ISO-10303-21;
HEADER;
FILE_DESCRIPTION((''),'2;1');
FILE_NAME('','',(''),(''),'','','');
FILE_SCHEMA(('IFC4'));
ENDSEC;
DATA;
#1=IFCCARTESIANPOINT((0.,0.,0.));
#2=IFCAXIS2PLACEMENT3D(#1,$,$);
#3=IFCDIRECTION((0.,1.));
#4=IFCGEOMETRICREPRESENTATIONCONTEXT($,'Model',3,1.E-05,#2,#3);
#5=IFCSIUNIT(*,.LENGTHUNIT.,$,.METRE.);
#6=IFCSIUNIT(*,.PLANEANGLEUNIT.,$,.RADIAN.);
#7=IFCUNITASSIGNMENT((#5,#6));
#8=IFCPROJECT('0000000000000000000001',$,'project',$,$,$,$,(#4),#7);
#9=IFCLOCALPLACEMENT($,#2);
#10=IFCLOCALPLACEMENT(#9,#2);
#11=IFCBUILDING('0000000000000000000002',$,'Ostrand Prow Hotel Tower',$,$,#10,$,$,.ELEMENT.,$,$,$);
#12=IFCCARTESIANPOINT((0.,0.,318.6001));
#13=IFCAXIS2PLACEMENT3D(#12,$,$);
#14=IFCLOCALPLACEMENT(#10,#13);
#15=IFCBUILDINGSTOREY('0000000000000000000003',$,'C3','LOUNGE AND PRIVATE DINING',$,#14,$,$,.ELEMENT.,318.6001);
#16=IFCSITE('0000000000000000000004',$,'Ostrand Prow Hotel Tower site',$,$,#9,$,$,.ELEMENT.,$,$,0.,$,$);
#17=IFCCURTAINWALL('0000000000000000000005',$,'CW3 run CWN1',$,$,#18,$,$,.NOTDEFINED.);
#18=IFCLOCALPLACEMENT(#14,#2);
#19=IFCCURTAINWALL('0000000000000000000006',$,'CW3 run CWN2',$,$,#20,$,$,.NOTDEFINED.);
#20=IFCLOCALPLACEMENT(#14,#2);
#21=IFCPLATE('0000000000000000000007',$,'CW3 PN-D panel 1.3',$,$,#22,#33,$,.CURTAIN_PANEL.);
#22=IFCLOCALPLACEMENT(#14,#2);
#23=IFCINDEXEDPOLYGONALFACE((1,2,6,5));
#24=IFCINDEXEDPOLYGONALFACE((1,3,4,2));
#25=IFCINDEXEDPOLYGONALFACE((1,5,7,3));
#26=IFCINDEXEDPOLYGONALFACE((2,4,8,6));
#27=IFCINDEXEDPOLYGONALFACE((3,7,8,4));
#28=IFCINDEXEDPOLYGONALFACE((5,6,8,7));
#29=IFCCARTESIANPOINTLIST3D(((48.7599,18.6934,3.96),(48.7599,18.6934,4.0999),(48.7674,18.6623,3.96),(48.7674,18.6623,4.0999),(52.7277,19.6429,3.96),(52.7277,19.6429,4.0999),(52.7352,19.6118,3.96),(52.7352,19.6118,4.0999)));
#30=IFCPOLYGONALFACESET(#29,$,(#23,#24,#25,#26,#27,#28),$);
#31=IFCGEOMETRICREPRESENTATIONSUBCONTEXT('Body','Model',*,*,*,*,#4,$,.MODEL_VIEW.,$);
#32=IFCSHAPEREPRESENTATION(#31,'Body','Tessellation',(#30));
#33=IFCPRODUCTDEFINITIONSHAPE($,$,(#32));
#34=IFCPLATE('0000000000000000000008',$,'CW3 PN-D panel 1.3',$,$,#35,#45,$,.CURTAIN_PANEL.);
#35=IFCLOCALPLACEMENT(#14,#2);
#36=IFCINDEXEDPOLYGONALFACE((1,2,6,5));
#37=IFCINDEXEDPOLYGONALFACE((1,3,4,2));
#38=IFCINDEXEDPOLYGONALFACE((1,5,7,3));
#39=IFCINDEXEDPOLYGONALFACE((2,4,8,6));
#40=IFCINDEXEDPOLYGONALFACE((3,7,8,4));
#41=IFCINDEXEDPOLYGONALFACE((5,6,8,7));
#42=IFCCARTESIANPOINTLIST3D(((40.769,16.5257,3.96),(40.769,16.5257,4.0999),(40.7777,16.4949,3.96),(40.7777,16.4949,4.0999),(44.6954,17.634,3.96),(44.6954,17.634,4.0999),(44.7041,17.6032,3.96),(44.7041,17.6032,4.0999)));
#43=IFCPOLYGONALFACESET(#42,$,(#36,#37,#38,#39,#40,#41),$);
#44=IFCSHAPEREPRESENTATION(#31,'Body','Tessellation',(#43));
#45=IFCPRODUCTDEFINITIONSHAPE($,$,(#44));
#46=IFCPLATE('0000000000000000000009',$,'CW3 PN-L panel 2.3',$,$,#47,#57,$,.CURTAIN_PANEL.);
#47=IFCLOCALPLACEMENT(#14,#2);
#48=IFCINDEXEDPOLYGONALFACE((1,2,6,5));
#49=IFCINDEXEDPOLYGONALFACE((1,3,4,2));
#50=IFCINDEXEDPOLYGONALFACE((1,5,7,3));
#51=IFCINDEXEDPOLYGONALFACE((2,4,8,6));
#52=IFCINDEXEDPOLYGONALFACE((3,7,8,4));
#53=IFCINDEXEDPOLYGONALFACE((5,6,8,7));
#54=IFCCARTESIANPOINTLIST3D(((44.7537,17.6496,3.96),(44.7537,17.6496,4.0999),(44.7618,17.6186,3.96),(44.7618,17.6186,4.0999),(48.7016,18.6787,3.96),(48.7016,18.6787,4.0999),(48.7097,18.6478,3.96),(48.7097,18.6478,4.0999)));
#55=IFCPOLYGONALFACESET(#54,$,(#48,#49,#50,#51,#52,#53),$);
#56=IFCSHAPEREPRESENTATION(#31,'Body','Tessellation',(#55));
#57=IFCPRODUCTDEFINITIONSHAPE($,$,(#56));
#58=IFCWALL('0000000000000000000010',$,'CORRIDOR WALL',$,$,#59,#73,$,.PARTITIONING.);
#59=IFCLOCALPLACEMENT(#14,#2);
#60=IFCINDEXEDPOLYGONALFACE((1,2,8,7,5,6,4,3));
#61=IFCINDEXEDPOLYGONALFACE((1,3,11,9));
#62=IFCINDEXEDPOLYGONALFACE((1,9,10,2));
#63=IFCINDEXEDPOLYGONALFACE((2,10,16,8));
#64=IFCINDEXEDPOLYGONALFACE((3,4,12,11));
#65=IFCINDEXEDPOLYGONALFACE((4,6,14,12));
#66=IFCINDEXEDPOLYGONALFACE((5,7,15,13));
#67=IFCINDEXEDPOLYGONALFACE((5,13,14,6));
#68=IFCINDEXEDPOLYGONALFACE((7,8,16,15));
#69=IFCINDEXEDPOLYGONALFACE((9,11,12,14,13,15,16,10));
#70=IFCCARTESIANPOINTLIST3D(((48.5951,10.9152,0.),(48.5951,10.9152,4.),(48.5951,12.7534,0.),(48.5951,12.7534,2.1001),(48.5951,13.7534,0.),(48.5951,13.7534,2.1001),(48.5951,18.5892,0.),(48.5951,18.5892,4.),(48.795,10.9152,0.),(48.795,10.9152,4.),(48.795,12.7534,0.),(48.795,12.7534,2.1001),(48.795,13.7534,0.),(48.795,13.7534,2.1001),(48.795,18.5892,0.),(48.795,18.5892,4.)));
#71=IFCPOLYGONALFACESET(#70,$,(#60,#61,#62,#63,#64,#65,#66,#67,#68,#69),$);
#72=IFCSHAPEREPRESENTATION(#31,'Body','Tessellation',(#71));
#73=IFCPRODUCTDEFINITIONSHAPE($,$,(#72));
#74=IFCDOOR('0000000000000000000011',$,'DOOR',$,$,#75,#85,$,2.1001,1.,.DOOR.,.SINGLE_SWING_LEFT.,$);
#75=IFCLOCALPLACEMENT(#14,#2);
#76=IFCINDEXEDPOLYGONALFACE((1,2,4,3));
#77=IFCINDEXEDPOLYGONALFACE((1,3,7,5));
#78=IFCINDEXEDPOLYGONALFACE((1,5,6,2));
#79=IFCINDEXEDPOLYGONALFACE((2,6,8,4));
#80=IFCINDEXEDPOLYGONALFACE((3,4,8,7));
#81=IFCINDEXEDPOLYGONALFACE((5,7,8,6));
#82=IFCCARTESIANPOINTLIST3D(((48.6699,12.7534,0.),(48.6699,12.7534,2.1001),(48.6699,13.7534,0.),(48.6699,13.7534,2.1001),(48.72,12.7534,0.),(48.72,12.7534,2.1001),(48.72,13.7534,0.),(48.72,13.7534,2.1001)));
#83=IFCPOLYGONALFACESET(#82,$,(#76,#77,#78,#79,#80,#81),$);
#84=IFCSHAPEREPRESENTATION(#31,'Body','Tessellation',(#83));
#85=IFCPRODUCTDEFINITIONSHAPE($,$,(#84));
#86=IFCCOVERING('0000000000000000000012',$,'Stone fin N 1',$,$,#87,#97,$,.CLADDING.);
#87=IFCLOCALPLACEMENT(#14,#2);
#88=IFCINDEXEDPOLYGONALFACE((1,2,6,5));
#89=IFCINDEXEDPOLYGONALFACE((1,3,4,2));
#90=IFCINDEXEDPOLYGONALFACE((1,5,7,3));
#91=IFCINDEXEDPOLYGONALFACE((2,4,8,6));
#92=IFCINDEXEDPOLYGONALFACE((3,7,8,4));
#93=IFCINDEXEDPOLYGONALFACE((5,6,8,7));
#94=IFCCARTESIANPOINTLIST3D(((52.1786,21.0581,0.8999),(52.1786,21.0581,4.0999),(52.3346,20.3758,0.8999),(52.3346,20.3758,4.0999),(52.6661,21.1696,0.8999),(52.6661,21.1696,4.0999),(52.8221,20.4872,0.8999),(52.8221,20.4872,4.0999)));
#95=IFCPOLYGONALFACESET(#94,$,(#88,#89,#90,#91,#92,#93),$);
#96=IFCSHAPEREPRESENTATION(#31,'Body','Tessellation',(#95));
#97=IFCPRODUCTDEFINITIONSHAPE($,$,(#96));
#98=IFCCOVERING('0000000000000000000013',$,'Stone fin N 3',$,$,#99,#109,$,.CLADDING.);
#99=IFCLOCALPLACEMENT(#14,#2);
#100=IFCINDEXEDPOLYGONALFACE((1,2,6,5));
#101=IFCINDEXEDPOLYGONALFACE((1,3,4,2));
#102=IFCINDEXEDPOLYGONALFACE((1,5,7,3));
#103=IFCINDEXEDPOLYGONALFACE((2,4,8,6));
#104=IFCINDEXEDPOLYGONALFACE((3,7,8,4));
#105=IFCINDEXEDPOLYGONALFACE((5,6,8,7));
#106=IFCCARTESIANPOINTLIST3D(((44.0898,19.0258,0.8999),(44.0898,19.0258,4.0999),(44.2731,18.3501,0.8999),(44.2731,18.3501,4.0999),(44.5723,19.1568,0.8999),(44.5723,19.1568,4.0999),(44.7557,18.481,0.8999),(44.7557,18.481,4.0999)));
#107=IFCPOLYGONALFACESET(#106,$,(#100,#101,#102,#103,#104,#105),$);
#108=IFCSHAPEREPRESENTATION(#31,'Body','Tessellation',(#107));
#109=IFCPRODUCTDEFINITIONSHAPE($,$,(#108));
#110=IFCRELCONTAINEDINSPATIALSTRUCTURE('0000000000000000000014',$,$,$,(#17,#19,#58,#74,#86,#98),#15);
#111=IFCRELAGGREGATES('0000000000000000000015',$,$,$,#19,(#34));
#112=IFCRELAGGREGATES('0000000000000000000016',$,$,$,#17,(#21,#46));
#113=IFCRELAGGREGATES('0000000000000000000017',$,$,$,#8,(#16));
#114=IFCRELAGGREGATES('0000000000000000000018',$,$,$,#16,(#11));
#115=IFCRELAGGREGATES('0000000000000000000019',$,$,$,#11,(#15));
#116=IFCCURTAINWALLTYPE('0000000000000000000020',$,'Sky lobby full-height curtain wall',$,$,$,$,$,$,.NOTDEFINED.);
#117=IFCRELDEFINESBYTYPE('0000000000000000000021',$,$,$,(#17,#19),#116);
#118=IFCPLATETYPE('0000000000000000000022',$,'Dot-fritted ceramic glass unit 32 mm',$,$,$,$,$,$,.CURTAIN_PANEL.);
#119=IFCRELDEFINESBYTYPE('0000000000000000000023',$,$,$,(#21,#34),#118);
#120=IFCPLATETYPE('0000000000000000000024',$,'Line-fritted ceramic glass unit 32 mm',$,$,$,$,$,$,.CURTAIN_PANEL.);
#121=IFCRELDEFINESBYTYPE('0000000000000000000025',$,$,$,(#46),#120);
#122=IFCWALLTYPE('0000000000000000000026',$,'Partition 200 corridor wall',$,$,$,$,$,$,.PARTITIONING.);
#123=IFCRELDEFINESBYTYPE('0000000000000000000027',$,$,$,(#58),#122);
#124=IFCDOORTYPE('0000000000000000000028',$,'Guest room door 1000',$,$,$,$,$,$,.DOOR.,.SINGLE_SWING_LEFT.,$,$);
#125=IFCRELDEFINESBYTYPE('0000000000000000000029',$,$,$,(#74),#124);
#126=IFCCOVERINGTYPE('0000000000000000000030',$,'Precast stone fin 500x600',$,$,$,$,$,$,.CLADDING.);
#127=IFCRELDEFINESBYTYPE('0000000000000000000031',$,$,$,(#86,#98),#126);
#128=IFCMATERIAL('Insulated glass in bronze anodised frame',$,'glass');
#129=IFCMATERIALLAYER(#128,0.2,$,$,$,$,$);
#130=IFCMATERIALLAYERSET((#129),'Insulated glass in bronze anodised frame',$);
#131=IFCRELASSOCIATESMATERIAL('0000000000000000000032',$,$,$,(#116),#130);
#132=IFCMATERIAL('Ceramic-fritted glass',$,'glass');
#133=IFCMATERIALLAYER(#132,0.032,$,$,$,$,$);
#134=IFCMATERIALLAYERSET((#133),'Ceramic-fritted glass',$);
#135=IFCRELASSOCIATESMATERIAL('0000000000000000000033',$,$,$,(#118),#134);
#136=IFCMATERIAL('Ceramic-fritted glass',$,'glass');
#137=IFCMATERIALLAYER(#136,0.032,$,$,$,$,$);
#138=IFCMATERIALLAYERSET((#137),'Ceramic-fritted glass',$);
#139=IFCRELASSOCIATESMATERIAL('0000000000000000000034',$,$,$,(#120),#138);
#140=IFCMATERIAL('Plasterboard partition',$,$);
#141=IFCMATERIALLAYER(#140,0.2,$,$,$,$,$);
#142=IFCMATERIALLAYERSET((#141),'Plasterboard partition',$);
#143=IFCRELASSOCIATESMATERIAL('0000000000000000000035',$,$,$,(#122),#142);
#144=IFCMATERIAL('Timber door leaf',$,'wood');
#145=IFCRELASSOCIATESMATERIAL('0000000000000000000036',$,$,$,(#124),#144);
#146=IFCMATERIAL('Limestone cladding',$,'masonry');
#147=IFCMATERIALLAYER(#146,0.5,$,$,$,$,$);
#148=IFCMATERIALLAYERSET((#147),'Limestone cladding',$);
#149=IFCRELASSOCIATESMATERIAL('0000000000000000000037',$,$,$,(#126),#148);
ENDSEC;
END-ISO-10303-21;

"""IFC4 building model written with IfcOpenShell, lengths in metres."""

from ifc_helpers import new_model, si_unit, direction, frame, frame_2d, origin, origin_2d, place, context, subcontext, project, spatial, rectangle, extrude, material, layer, layer_set, type_object, element, fill, aggregate, save


model = new_model("IFC4")

# Units and contexts
model_context = context("Model", 3, precision=1e-05, world=origin(), true_north=direction((0.0, 1.0)))
body_context = subcontext(model_context, "Body", "Model", "MODEL_VIEW")
ifc_project = project(units=[si_unit("LENGTHUNIT", "METRE"), si_unit("PLANEANGLEUNIT", "RADIAN")], contexts=[model_context])

# Site, building, storey
site_placement = place(None, origin())
site = spatial("IfcSite", under=ifc_project, at=site_placement, Name="Ostrand Prow Hotel Tower site", CompositionType="ELEMENT", RefElevation=0.0)
building_placement = place(site_placement, origin())
building = spatial("IfcBuilding", under=site, at=building_placement, Name="Ostrand Prow Hotel Tower", CompositionType="ELEMENT")
storey_placement = place(building_placement, frame((0.0, 0.0, 318.6001)))
storey = spatial("IfcBuildingStorey", under=building, at=storey_placement, Name="C3", Description="LOUNGE AND PRIVATE DINING", CompositionType="ELEMENT", Elevation=318.6001)

# Curtain walls
ifc_material_1 = material(Name="Insulated glass in bronze anodised frame", Category="glass")
ifc_layer_1 = layer(ifc_material_1, 0.2)
ifc_layer_set_1 = layer_set([ifc_layer_1], Name="Insulated glass in bronze anodised frame")
curtain_wall_type = type_object("IfcCurtainWallType", Name="Sky lobby full-height curtain wall", PredefinedType="NOTDEFINED", material=ifc_layer_set_1)
curtain_wall_1_placement = place(storey_placement, origin())
curtain_wall_1 = element("IfcCurtainWall", 1, at=curtain_wall_1_placement, inside=storey, type_object=curtain_wall_type, Name="CW3 run CWN1", PredefinedType="NOTDEFINED")
curtain_wall_2_placement = place(storey_placement, origin())
curtain_wall_2 = element("IfcCurtainWall", 2, at=curtain_wall_2_placement, inside=storey, type_object=curtain_wall_type, Name="CW3 run CWN2", PredefinedType="NOTDEFINED")

# Plates
ifc_material_2 = material(Name="Ceramic-fritted glass", Category="glass")
ifc_layer_2 = layer(ifc_material_2, 0.032)
ifc_layer_set_2 = layer_set([ifc_layer_2], Name="Ceramic-fritted glass")
plate_type_1 = type_object("IfcPlateType", Name="Dot-fritted ceramic glass unit 32 mm", PredefinedType="CURTAIN_PANEL", material=ifc_layer_set_2)
plate_1_placement = place(storey_placement, frame((50.7476, 19.1526, 3.96), z_axis=(0.0, 0.0, 1.0), x_axis=(-0.972538, -0.232746, 0.0)))
plate_1 = element("IfcPlate", 3, at=plate_1_placement, type_object=plate_type_1, Name="CW3 PN-D panel 1.3", PredefinedType="CURTAIN_PANEL", context=body_context, shape_type="SweptSolid", body=[
    extrude(rectangle(XDim=4.0798, YDim=0.032, at=origin_2d()), origin(), (0.0, 0.0, 1.0), 0.1399),
])
plate_2_placement = place(storey_placement, frame((42.7366, 17.0645, 3.96), z_axis=(0.0, 0.0, 1.0), x_axis=(-0.962396, -0.271649, 0.0)))
plate_2 = element("IfcPlate", 4, at=plate_2_placement, type_object=plate_type_1, Name="CW3 PN-D panel 1.3", PredefinedType="CURTAIN_PANEL", context=body_context, shape_type="SweptSolid", body=[
    extrude(rectangle(XDim=4.0798, YDim=0.032, at=origin_2d()), origin(), (0.0, 0.0, 1.0), 0.1399),
])
aggregate(curtain_wall_2, [plate_2])
ifc_material_3 = material(Name="Ceramic-fritted glass", Category="glass")
ifc_layer_3 = layer(ifc_material_3, 0.032)
ifc_layer_set_3 = layer_set([ifc_layer_3], Name="Ceramic-fritted glass")
plate_type_2 = type_object("IfcPlateType", Name="Line-fritted ceramic glass unit 32 mm", PredefinedType="CURTAIN_PANEL", material=ifc_layer_set_3)
plate_3_placement = place(storey_placement, frame((46.7317, 18.1487, 3.96), z_axis=(0.0, 0.0, 1.0), x_axis=(-0.967663, -0.252248, 0.0)))
plate_3 = element("IfcPlate", 5, at=plate_3_placement, type_object=plate_type_2, Name="CW3 PN-L panel 2.3", PredefinedType="CURTAIN_PANEL", context=body_context, shape_type="SweptSolid", body=[
    extrude(rectangle(XDim=4.0798, YDim=0.032, at=origin_2d()), origin(), (0.0, 0.0, 1.0), 0.1399),
])
aggregate(curtain_wall_1, [plate_1, plate_3])

# Wall, opening, door
ifc_material_4 = material(Name="Plasterboard partition")
ifc_layer_4 = layer(ifc_material_4, 0.2)
ifc_layer_set_4 = layer_set([ifc_layer_4], Name="Plasterboard partition")
wall_type = type_object("IfcWallType", Name="Partition 200 corridor wall", PredefinedType="PARTITIONING", material=ifc_layer_set_4)
wall_placement = place(storey_placement, frame((48.6951, 18.5891, 0.0), z_axis=(0.0, 0.0, 1.0), x_axis=(0.0, -1.0, 0.0)))
wall = element("IfcWall", 6, at=wall_placement, inside=storey, type_object=wall_type, Name="CORRIDOR WALL", PredefinedType="PARTITIONING", context=body_context, shape_type="SweptSolid", body=[
    extrude(rectangle(XDim=7.6741, YDim=0.2, at=frame_2d((3.8369, 0.0))), origin(), (0.0, 0.0, 1.0), 4.0),
])
opening_placement = place(wall_placement, frame((4.8357, 0.0, 0.0)))
opening = element("IfcOpeningElement", 7, at=opening_placement, cuts=wall, PredefinedType="OPENING", context=body_context, shape_type="SweptSolid", body=[
    extrude(rectangle(XDim=1.0, YDim=2.1001, at=frame_2d((0.5, 1.05))), frame((0.0, 0.1099, 0.0), z_axis=(0.0, -1.0, 0.0), x_axis=(1.0, 0.0, 0.0)), (0.0, 0.0, 1.0), 0.22),
])
ifc_material_5 = material(Name="Timber door leaf", Category="wood")
door_type = type_object("IfcDoorType", Name="Guest room door 1000", OperationType="SINGLE_SWING_LEFT", PredefinedType="DOOR", material=ifc_material_5)
door_placement = place(opening_placement, origin())
door = element("IfcDoor", 8, at=door_placement, inside=storey, type_object=door_type, Name="DOOR", OperationType="SINGLE_SWING_LEFT", OverallHeight=2.1001, OverallWidth=1.0, PredefinedType="DOOR", context=body_context, shape_type="SweptSolid", body=[
    extrude(rectangle(XDim=1.0, YDim=2.1001, at=frame_2d((0.5, 1.05))), frame((0.0, 0.0249, 0.0), z_axis=(0.0, -1.0, 0.0), x_axis=(1.0, 0.0, 0.0)), (0.0, 0.0, 1.0), 0.05),
])
fill(opening, door)

# Coverings
ifc_material_6 = material(Name="Limestone cladding", Category="masonry")
ifc_layer_5 = layer(ifc_material_6, 0.5)
ifc_layer_set_5 = layer_set([ifc_layer_5], Name="Limestone cladding")
covering_type = type_object("IfcCoveringType", Name="Precast stone fin 500x600", PredefinedType="CLADDING", material=ifc_layer_set_5)
covering_1_placement = place(storey_placement, frame((52.5784, 20.4314, 0.8999), z_axis=(0.0, 0.0, 1.0), x_axis=(-0.222872, 0.974848, 0.0)))
element("IfcCovering", 9, at=covering_1_placement, inside=storey, type_object=covering_type, Name="Stone fin N 1", PredefinedType="CLADDING", context=body_context, shape_type="SweptSolid", body=[
    extrude(rectangle(XDim=0.7, YDim=0.5, at=frame_2d((0.3501, 0.0))), origin(), (0.0, 0.0, 1.0), 3.2),
])
covering_2_placement = place(storey_placement, frame((44.5144, 18.4155, 0.8999), z_axis=(0.0, 0.0, 1.0), x_axis=(-0.261849, 0.965109, 0.0)))
element("IfcCovering", 10, at=covering_2_placement, inside=storey, type_object=covering_type, Name="Stone fin N 3", PredefinedType="CLADDING", context=body_context, shape_type="SweptSolid", body=[
    extrude(rectangle(XDim=0.7002, YDim=0.5, at=frame_2d((0.3501, 0.0))), origin(), (0.0, 0.0, 1.0), 3.2),
])

save(model, "model.ifc")
